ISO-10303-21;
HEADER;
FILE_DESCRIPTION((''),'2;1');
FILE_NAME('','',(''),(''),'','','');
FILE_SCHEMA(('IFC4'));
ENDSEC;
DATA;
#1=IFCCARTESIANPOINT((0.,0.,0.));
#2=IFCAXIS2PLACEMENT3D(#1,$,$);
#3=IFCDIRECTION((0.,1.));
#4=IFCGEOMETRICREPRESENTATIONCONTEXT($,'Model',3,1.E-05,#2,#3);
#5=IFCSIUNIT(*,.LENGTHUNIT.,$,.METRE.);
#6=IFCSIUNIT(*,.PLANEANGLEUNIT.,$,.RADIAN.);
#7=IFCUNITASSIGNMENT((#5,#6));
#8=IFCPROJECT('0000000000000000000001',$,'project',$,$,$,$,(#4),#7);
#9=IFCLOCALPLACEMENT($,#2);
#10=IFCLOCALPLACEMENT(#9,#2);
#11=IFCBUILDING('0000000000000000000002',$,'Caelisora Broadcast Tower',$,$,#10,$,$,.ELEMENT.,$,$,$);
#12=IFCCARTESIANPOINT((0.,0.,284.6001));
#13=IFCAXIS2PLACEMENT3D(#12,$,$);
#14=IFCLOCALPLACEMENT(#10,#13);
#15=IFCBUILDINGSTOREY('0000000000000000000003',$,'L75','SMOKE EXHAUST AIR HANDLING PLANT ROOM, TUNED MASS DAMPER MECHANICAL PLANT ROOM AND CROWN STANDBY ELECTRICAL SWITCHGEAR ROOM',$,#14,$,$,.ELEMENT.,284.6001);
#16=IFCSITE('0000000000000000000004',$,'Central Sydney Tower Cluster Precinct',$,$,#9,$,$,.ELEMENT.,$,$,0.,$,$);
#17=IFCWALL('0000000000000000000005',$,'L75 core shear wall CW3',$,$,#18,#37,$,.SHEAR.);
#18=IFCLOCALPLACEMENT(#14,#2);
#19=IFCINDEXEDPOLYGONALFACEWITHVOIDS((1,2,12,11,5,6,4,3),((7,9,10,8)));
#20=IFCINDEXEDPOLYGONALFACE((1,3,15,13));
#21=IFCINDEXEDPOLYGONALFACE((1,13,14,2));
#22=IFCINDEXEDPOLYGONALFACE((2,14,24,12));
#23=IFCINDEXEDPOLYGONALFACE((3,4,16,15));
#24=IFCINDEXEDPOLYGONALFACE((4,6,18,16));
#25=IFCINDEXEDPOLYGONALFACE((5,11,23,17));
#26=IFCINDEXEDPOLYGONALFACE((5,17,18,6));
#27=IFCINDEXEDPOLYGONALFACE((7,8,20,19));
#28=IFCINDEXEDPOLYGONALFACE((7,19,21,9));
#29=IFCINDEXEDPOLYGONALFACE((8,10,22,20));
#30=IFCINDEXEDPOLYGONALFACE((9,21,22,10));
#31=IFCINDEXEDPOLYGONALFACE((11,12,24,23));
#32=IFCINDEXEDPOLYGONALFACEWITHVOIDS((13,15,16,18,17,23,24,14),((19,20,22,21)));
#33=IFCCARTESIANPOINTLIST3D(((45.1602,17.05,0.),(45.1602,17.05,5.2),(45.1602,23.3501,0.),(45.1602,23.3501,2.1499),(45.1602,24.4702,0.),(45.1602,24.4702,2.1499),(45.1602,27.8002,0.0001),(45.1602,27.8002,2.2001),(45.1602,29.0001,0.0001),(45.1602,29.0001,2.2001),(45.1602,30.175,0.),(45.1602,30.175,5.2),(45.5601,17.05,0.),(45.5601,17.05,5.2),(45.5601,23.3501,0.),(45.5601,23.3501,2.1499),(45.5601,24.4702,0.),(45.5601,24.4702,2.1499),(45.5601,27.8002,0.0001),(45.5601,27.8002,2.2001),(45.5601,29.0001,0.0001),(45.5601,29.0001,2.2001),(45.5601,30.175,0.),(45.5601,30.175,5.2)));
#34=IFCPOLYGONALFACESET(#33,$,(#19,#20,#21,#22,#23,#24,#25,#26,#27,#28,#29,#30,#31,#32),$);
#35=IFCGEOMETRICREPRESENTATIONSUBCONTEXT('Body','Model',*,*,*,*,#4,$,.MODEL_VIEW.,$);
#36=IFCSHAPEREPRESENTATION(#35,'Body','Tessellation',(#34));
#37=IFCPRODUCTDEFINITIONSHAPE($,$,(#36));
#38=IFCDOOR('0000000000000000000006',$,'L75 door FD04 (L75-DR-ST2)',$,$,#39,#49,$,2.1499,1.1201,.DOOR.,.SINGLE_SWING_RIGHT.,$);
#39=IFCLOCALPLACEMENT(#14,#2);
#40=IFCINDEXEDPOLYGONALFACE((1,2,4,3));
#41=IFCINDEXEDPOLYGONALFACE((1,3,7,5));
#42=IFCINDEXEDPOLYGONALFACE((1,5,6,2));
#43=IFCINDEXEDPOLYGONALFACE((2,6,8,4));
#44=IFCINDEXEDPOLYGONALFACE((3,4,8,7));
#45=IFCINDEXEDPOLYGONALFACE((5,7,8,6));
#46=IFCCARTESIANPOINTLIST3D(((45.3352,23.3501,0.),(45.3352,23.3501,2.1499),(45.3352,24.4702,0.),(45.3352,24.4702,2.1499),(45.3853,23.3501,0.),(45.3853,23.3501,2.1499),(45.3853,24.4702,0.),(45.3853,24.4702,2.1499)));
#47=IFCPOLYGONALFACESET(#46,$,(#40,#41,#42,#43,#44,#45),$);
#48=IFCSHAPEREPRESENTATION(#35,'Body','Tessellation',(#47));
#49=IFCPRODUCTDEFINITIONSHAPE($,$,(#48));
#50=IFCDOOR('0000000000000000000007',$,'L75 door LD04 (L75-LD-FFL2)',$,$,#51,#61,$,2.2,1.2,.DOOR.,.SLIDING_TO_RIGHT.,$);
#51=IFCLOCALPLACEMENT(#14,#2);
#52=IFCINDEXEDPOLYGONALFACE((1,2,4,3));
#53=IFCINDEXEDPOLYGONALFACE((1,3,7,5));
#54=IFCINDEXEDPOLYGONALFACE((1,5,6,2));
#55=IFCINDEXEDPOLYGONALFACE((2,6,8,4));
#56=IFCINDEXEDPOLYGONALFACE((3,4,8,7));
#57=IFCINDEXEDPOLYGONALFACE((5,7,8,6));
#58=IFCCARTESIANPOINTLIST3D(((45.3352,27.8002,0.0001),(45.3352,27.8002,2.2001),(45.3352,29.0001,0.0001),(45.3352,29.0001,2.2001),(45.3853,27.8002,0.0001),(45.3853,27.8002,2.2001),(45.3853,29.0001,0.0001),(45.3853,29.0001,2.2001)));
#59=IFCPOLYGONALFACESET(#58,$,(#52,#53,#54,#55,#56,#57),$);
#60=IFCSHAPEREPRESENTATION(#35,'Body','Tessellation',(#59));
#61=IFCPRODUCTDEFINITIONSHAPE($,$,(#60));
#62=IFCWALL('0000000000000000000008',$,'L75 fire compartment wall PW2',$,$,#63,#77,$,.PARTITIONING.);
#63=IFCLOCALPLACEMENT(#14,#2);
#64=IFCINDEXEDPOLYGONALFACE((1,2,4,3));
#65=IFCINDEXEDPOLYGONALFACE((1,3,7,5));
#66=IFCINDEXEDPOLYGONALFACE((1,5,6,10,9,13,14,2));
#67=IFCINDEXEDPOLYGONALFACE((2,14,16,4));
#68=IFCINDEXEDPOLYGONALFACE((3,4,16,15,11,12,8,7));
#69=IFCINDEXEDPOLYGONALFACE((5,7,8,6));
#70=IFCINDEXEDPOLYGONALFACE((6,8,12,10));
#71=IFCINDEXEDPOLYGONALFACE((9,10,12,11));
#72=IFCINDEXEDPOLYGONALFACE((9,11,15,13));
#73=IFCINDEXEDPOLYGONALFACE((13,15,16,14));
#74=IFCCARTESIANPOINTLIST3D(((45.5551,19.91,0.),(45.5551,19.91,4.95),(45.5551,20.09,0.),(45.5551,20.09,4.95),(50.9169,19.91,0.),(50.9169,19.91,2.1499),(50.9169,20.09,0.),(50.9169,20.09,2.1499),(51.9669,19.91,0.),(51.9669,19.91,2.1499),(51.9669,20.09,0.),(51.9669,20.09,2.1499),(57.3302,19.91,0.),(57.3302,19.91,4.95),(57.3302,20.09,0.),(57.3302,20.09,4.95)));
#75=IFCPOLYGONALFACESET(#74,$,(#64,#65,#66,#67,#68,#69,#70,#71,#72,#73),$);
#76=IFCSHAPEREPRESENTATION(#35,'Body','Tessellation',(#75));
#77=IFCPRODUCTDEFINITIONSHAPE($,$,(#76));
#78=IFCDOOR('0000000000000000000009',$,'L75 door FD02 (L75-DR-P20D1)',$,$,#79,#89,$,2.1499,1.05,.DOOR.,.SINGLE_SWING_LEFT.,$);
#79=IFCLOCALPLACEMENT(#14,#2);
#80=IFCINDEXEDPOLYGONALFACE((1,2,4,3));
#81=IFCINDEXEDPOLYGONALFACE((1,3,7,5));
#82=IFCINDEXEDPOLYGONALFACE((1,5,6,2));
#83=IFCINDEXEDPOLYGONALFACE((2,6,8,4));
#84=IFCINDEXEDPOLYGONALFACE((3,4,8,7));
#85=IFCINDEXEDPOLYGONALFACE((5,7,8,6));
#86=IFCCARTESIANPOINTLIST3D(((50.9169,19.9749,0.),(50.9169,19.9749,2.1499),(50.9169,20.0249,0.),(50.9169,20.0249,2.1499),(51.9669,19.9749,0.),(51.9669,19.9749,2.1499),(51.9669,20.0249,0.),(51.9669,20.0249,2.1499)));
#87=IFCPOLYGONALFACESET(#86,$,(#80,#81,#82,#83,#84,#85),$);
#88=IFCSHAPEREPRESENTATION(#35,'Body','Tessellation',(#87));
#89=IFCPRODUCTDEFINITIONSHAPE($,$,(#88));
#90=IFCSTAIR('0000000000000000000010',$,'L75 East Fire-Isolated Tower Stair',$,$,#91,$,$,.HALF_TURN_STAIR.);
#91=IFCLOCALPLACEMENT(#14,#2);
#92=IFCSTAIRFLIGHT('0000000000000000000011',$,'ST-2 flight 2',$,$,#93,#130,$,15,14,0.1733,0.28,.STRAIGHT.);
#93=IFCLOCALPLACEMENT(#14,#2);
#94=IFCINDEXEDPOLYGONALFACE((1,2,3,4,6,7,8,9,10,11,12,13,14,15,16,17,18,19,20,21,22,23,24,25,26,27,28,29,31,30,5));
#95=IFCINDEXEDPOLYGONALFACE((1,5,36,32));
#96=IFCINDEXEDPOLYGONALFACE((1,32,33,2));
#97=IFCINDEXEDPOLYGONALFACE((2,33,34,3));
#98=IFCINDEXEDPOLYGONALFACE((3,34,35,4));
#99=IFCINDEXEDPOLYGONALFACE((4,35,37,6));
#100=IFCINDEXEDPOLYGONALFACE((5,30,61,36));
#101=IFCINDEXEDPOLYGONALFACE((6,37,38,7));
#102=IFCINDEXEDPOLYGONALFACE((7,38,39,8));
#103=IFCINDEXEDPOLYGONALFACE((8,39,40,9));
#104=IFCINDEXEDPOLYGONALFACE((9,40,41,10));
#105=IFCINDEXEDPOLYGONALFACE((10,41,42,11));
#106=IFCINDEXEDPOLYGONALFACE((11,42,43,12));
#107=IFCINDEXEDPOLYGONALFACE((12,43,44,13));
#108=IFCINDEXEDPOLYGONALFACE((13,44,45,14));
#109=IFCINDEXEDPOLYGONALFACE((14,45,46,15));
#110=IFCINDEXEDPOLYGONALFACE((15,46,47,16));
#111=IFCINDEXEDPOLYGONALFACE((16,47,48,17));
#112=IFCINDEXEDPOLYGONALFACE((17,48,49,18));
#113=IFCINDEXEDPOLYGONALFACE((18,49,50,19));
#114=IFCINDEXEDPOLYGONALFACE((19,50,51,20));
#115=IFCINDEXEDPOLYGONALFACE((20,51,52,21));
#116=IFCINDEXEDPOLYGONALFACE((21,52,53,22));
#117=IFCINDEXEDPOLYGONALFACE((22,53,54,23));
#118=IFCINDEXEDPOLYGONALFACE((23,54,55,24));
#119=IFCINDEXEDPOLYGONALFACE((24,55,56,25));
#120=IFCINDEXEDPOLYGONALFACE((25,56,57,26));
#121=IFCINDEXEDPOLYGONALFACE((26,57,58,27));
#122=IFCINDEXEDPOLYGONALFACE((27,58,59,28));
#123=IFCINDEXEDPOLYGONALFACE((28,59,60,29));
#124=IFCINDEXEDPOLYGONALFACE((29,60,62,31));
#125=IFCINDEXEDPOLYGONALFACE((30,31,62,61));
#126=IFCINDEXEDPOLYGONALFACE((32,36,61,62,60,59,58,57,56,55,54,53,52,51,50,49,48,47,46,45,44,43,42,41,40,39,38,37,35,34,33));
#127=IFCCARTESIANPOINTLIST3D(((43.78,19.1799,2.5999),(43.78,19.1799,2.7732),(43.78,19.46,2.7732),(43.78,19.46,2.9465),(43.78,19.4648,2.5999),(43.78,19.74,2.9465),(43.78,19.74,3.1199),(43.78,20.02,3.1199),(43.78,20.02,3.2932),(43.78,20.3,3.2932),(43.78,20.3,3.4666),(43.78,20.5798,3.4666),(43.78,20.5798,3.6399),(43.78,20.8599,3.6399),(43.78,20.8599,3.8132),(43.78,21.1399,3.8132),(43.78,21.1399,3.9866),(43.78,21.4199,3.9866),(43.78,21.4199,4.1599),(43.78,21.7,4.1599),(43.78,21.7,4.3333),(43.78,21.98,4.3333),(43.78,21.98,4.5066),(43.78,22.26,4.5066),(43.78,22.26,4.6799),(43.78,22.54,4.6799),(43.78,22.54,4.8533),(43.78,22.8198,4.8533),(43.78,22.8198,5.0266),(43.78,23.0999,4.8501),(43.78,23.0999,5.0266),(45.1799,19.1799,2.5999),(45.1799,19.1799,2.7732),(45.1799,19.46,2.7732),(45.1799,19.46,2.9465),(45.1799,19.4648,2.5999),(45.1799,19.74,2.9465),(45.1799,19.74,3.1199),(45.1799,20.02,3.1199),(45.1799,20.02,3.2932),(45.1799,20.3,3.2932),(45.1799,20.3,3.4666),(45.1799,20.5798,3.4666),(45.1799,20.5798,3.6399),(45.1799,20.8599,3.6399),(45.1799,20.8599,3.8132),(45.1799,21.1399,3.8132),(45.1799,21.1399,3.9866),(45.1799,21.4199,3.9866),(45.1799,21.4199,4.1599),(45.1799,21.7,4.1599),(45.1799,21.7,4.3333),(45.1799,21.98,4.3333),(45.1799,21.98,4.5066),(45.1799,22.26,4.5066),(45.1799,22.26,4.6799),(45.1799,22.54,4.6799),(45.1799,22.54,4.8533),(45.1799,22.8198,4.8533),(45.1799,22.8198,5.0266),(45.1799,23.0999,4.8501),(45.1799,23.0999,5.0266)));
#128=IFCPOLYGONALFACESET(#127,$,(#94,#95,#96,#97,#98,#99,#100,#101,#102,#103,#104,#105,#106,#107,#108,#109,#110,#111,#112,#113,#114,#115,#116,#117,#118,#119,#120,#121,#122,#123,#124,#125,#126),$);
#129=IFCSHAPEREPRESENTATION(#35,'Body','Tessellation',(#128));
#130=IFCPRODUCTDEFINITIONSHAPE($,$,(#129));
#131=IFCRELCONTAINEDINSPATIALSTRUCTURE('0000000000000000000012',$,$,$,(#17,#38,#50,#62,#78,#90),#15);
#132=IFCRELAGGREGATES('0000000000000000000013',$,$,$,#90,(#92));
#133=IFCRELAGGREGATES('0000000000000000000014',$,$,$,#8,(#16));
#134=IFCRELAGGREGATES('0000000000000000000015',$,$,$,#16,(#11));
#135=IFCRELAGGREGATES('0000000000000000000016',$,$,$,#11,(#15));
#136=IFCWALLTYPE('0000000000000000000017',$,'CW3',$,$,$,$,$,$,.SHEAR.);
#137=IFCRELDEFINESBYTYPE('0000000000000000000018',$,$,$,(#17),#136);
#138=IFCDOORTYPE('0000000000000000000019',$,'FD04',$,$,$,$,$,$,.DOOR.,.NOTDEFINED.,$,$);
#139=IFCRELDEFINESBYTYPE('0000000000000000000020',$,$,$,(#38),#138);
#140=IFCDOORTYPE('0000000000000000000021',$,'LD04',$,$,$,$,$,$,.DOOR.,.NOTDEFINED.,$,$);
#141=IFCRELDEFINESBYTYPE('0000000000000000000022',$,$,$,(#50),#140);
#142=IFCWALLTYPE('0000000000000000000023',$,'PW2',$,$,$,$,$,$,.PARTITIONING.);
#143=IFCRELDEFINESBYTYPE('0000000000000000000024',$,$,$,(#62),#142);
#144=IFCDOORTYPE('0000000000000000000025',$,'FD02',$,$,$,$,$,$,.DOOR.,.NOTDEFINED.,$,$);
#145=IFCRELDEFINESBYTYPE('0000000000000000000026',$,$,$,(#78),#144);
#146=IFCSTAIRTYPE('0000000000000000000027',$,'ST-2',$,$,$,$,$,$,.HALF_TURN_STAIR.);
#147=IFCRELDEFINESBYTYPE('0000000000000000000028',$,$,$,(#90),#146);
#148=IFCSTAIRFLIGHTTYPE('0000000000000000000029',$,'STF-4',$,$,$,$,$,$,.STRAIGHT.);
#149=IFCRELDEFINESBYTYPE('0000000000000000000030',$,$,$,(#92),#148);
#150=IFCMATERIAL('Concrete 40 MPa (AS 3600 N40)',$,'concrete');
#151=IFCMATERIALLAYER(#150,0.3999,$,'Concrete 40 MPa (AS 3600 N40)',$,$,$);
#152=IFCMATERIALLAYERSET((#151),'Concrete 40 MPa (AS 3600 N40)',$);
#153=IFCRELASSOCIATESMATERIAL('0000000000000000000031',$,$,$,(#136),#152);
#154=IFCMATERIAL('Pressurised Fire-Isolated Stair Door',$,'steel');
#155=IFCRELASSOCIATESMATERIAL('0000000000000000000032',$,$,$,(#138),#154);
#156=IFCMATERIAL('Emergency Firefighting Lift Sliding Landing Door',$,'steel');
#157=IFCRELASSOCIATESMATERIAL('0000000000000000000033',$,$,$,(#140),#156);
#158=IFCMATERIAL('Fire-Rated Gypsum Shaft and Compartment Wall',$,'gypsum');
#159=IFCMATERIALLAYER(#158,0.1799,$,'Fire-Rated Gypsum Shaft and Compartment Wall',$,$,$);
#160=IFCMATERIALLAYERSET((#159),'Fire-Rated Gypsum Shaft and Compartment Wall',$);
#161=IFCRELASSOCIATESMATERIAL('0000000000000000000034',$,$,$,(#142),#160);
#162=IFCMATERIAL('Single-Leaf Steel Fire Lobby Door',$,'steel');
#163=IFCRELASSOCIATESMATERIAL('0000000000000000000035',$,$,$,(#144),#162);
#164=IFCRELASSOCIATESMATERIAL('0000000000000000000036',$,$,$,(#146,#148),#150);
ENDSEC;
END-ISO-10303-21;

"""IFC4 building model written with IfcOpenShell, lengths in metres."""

from ifc_helpers import new_model, si_unit, direction, frame, frame_2d, origin, place, context, subcontext, project, spatial, polyline, rectangle, outline, extrude, material, layer, layer_set, type_object, element, fill, aggregate, save


model = new_model("IFC4")

# Units and contexts
model_context = context("Model", 3, precision=1e-05, world=origin(), true_north=direction((0.0, 1.0)))
body_context = subcontext(model_context, "Body", "Model", "MODEL_VIEW")
ifc_project = project(units=[si_unit("LENGTHUNIT", "METRE"), si_unit("PLANEANGLEUNIT", "RADIAN")], contexts=[model_context])

# Site, building, storey
site_placement = place(None, origin())
site = spatial("IfcSite", under=ifc_project, at=site_placement, Name="Central Sydney Tower Cluster Precinct", CompositionType="ELEMENT", RefElevation=0.0)
building_placement = place(site_placement, origin())
building = spatial("IfcBuilding", under=site, at=building_placement, Name="Caelisora Broadcast Tower", CompositionType="ELEMENT")
storey_placement = place(building_placement, frame((0.0, 0.0, 284.6001)))
storey = spatial("IfcBuildingStorey", under=building, at=storey_placement, Name="L75", Description="SMOKE EXHAUST AIR HANDLING PLANT ROOM, TUNED MASS DAMPER MECHANICAL PLANT ROOM AND CROWN STANDBY ELECTRICAL SWITCHGEAR ROOM", CompositionType="ELEMENT", Elevation=284.6001)

# Wall, openings, doors
ifc_material_1 = material(Name="Concrete 40 MPa (AS 3600 N40)", Category="concrete")
ifc_layer_1 = layer(ifc_material_1, 0.3999, Name="Concrete 40 MPa (AS 3600 N40)")
ifc_layer_set_1 = layer_set([ifc_layer_1], Name="Concrete 40 MPa (AS 3600 N40)")
wall_type_1 = type_object("IfcWallType", Name="CW3", PredefinedType="SHEAR", material=ifc_layer_set_1)
wall_1_placement = place(storey_placement, frame((45.3601, 17.05, 0.0), z_axis=(0.0, 0.0, 1.0), x_axis=(0.0, 1.0, 0.0)))
wall_1 = element("IfcWall", 1, at=wall_1_placement, inside=storey, type_object=wall_type_1, Name="L75 core shear wall CW3", PredefinedType="SHEAR", context=body_context, shape_type="SweptSolid", body=[
    extrude(rectangle(XDim=13.125, YDim=0.3999, at=frame_2d((6.5625, 0.0))), origin(), (0.0, 0.0, 1.0), 5.2),
])
opening_1_placement = place(wall_1_placement, frame((6.3, 0.0, 0.0)))
opening_1 = element("IfcOpeningElement", 2, at=opening_1_placement, cuts=wall_1, PredefinedType="OPENING", context=body_context, shape_type="SweptSolid", body=[
    extrude(rectangle(XDim=1.1201, YDim=2.1499, at=frame_2d((0.5601, 1.075))), frame((0.0, 0.2119, 0.0), z_axis=(0.0, -1.0, 0.0), x_axis=(1.0, 0.0, 0.0)), (0.0, 0.0, 1.0), 0.4238),
])
opening_2_placement = place(wall_1_placement, frame((10.75, 0.0, 0.0)))
opening_2 = element("IfcOpeningElement", 3, at=opening_2_placement, cuts=wall_1, PredefinedType="OPENING", context=body_context, shape_type="SweptSolid", body=[
    extrude(rectangle(XDim=1.2, YDim=2.2, at=frame_2d((0.6001, 1.1001))), frame((0.0, 0.2119, 0.0), z_axis=(0.0, -1.0, 0.0), x_axis=(1.0, 0.0, 0.0)), (0.0, 0.0, 1.0), 0.4238),
])
ifc_material_2 = material(Name="Pressurised Fire-Isolated Stair Door", Category="steel")
door_type_1 = type_object("IfcDoorType", Name="FD04", OperationType="NOTDEFINED", PredefinedType="DOOR", material=ifc_material_2)
door_1_placement = place(opening_1_placement, origin())
door_1 = element("IfcDoor", 4, at=door_1_placement, inside=storey, type_object=door_type_1, Name="L75 door FD04 (L75-DR-ST2)", OperationType="SINGLE_SWING_RIGHT", OverallHeight=2.1499, OverallWidth=1.1201, PredefinedType="DOOR", context=body_context, shape_type="SweptSolid", body=[
    extrude(rectangle(XDim=1.1201, YDim=2.1499, at=frame_2d((0.5601, 1.075))), frame((0.0, 0.0249, 0.0), z_axis=(0.0, -1.0, 0.0), x_axis=(1.0, 0.0, 0.0)), (0.0, 0.0, 1.0), 0.05),
])
fill(opening_1, door_1)
ifc_material_3 = material(Name="Emergency Firefighting Lift Sliding Landing Door", Category="steel")
door_type_2 = type_object("IfcDoorType", Name="LD04", OperationType="NOTDEFINED", PredefinedType="DOOR", material=ifc_material_3)
door_2_placement = place(opening_2_placement, origin())
door_2 = element("IfcDoor", 5, at=door_2_placement, inside=storey, type_object=door_type_2, Name="L75 door LD04 (L75-LD-FFL2)", OperationType="SLIDING_TO_RIGHT", OverallHeight=2.2, OverallWidth=1.2, PredefinedType="DOOR", context=body_context, shape_type="SweptSolid", body=[
    extrude(rectangle(XDim=1.2, YDim=2.2, at=frame_2d((0.6001, 1.1001))), frame((0.0, 0.0249, 0.0), z_axis=(0.0, -1.0, 0.0), x_axis=(1.0, 0.0, 0.0)), (0.0, 0.0, 1.0), 0.05),
])
fill(opening_2, door_2)

# Wall, opening, door
ifc_material_4 = material(Name="Fire-Rated Gypsum Shaft and Compartment Wall", Category="gypsum")
ifc_layer_2 = layer(ifc_material_4, 0.1799, Name="Fire-Rated Gypsum Shaft and Compartment Wall")
ifc_layer_set_2 = layer_set([ifc_layer_2], Name="Fire-Rated Gypsum Shaft and Compartment Wall")
wall_type_2 = type_object("IfcWallType", Name="PW2", PredefinedType="PARTITIONING", material=ifc_layer_set_2)
wall_2_placement = place(storey_placement, frame((45.5549, 20.0, 0.0), z_axis=(0.0, 0.0, 1.0), x_axis=(1.0, 0.0, 0.0)))
wall_2 = element("IfcWall", 6, at=wall_2_placement, inside=storey, type_object=wall_type_2, Name="L75 fire compartment wall PW2", PredefinedType="PARTITIONING", context=body_context, shape_type="SweptSolid", body=[
    extrude(rectangle(XDim=11.7751, YDim=0.1799, at=frame_2d((5.8877, 0.0))), origin(), (0.0, 0.0, 1.0), 4.95),
])
opening_3_placement = place(wall_2_placement, frame((5.3621, 0.0, 0.0)))
opening_3 = element("IfcOpeningElement", 7, at=opening_3_placement, cuts=wall_2, PredefinedType="OPENING", context=body_context, shape_type="SweptSolid", body=[
    extrude(rectangle(XDim=1.05, YDim=2.1499, at=frame_2d((0.5249, 1.075))), frame((0.0, 0.1021, 0.0), z_axis=(0.0, -1.0, 0.0), x_axis=(1.0, 0.0, 0.0)), (0.0, 0.0, 1.0), 0.2039),
])
ifc_material_5 = material(Name="Single-Leaf Steel Fire Lobby Door", Category="steel")
door_type_3 = type_object("IfcDoorType", Name="FD02", OperationType="NOTDEFINED", PredefinedType="DOOR", material=ifc_material_5)
door_3_placement = place(opening_3_placement, origin())
door_3 = element("IfcDoor", 8, at=door_3_placement, inside=storey, type_object=door_type_3, Name="L75 door FD02 (L75-DR-P20D1)", OperationType="SINGLE_SWING_LEFT", OverallHeight=2.1499, OverallWidth=1.05, PredefinedType="DOOR", context=body_context, shape_type="SweptSolid", body=[
    extrude(rectangle(XDim=1.05, YDim=2.1499, at=frame_2d((0.5249, 1.075))), frame((0.0, 0.0249, 0.0), z_axis=(0.0, -1.0, 0.0), x_axis=(1.0, 0.0, 0.0)), (0.0, 0.0, 1.0), 0.05),
])
fill(opening_3, door_3)

# Stair, stair flight
stair_type = type_object("IfcStairType", Name="ST-2", PredefinedType="HALF_TURN_STAIR", material=ifc_material_1)
stair_placement = place(storey_placement, origin())
stair = element("IfcStair", 9, at=stair_placement, inside=storey, type_object=stair_type, Name="L75 East Fire-Isolated Tower Stair", PredefinedType="HALF_TURN_STAIR")
stair_flight_type = type_object("IfcStairFlightType", Name="STF-4", PredefinedType="STRAIGHT", material=ifc_material_1)
stair_flight_placement = place(storey_placement, frame((44.48, 19.1799, 2.5999), z_axis=(0.0, 0.0, 1.0), x_axis=(0.0, 1.0, 0.0)))
stair_flight = element("IfcStairFlight", 10, at=stair_flight_placement, type_object=stair_flight_type, Name="ST-2 flight 2", NumberOfRisers=15, NumberOfTreads=14, PredefinedType="STRAIGHT", RiserHeight=0.1733, TreadLength=0.28, context=body_context, shape_type="SweptSolid", body=[
    extrude(outline(polyline([(0.0, 0.0), (0.0, 0.1733), (0.28, 0.1733), (0.28, 0.3467), (0.5601, 0.3467), (0.5601, 0.52), (0.8401, 0.52), (0.8401, 0.6934), (1.1201, 0.6934), (1.1201, 0.8667), (1.3999, 0.8667), (1.3999, 1.04), (1.6799, 1.04), (1.6799, 1.2134), (1.96, 1.2134), (1.96, 1.3867), (2.24, 1.3867), (2.24, 1.5601), (2.52, 1.5601), (2.52, 1.7334), (2.8, 1.7334), (2.8, 1.9067), (3.0801, 1.9067), (3.0801, 2.0801), (3.3601, 2.0801), (3.3601, 2.2534), (3.6399, 2.2534), (3.6399, 2.4268), (3.9199, 2.4268), (3.9199, 2.6001), (3.9199, 2.2502), (0.2849, 0.0), (0.0, 0.0)])), frame((0.0, 0.7, 0.0), z_axis=(0.0, -1.0, 0.0), x_axis=(1.0, 0.0, 0.0)), (0.0, 0.0, 1.0), 1.3999),
])
aggregate(stair, [stair_flight])

save(model, "model.ifc")
